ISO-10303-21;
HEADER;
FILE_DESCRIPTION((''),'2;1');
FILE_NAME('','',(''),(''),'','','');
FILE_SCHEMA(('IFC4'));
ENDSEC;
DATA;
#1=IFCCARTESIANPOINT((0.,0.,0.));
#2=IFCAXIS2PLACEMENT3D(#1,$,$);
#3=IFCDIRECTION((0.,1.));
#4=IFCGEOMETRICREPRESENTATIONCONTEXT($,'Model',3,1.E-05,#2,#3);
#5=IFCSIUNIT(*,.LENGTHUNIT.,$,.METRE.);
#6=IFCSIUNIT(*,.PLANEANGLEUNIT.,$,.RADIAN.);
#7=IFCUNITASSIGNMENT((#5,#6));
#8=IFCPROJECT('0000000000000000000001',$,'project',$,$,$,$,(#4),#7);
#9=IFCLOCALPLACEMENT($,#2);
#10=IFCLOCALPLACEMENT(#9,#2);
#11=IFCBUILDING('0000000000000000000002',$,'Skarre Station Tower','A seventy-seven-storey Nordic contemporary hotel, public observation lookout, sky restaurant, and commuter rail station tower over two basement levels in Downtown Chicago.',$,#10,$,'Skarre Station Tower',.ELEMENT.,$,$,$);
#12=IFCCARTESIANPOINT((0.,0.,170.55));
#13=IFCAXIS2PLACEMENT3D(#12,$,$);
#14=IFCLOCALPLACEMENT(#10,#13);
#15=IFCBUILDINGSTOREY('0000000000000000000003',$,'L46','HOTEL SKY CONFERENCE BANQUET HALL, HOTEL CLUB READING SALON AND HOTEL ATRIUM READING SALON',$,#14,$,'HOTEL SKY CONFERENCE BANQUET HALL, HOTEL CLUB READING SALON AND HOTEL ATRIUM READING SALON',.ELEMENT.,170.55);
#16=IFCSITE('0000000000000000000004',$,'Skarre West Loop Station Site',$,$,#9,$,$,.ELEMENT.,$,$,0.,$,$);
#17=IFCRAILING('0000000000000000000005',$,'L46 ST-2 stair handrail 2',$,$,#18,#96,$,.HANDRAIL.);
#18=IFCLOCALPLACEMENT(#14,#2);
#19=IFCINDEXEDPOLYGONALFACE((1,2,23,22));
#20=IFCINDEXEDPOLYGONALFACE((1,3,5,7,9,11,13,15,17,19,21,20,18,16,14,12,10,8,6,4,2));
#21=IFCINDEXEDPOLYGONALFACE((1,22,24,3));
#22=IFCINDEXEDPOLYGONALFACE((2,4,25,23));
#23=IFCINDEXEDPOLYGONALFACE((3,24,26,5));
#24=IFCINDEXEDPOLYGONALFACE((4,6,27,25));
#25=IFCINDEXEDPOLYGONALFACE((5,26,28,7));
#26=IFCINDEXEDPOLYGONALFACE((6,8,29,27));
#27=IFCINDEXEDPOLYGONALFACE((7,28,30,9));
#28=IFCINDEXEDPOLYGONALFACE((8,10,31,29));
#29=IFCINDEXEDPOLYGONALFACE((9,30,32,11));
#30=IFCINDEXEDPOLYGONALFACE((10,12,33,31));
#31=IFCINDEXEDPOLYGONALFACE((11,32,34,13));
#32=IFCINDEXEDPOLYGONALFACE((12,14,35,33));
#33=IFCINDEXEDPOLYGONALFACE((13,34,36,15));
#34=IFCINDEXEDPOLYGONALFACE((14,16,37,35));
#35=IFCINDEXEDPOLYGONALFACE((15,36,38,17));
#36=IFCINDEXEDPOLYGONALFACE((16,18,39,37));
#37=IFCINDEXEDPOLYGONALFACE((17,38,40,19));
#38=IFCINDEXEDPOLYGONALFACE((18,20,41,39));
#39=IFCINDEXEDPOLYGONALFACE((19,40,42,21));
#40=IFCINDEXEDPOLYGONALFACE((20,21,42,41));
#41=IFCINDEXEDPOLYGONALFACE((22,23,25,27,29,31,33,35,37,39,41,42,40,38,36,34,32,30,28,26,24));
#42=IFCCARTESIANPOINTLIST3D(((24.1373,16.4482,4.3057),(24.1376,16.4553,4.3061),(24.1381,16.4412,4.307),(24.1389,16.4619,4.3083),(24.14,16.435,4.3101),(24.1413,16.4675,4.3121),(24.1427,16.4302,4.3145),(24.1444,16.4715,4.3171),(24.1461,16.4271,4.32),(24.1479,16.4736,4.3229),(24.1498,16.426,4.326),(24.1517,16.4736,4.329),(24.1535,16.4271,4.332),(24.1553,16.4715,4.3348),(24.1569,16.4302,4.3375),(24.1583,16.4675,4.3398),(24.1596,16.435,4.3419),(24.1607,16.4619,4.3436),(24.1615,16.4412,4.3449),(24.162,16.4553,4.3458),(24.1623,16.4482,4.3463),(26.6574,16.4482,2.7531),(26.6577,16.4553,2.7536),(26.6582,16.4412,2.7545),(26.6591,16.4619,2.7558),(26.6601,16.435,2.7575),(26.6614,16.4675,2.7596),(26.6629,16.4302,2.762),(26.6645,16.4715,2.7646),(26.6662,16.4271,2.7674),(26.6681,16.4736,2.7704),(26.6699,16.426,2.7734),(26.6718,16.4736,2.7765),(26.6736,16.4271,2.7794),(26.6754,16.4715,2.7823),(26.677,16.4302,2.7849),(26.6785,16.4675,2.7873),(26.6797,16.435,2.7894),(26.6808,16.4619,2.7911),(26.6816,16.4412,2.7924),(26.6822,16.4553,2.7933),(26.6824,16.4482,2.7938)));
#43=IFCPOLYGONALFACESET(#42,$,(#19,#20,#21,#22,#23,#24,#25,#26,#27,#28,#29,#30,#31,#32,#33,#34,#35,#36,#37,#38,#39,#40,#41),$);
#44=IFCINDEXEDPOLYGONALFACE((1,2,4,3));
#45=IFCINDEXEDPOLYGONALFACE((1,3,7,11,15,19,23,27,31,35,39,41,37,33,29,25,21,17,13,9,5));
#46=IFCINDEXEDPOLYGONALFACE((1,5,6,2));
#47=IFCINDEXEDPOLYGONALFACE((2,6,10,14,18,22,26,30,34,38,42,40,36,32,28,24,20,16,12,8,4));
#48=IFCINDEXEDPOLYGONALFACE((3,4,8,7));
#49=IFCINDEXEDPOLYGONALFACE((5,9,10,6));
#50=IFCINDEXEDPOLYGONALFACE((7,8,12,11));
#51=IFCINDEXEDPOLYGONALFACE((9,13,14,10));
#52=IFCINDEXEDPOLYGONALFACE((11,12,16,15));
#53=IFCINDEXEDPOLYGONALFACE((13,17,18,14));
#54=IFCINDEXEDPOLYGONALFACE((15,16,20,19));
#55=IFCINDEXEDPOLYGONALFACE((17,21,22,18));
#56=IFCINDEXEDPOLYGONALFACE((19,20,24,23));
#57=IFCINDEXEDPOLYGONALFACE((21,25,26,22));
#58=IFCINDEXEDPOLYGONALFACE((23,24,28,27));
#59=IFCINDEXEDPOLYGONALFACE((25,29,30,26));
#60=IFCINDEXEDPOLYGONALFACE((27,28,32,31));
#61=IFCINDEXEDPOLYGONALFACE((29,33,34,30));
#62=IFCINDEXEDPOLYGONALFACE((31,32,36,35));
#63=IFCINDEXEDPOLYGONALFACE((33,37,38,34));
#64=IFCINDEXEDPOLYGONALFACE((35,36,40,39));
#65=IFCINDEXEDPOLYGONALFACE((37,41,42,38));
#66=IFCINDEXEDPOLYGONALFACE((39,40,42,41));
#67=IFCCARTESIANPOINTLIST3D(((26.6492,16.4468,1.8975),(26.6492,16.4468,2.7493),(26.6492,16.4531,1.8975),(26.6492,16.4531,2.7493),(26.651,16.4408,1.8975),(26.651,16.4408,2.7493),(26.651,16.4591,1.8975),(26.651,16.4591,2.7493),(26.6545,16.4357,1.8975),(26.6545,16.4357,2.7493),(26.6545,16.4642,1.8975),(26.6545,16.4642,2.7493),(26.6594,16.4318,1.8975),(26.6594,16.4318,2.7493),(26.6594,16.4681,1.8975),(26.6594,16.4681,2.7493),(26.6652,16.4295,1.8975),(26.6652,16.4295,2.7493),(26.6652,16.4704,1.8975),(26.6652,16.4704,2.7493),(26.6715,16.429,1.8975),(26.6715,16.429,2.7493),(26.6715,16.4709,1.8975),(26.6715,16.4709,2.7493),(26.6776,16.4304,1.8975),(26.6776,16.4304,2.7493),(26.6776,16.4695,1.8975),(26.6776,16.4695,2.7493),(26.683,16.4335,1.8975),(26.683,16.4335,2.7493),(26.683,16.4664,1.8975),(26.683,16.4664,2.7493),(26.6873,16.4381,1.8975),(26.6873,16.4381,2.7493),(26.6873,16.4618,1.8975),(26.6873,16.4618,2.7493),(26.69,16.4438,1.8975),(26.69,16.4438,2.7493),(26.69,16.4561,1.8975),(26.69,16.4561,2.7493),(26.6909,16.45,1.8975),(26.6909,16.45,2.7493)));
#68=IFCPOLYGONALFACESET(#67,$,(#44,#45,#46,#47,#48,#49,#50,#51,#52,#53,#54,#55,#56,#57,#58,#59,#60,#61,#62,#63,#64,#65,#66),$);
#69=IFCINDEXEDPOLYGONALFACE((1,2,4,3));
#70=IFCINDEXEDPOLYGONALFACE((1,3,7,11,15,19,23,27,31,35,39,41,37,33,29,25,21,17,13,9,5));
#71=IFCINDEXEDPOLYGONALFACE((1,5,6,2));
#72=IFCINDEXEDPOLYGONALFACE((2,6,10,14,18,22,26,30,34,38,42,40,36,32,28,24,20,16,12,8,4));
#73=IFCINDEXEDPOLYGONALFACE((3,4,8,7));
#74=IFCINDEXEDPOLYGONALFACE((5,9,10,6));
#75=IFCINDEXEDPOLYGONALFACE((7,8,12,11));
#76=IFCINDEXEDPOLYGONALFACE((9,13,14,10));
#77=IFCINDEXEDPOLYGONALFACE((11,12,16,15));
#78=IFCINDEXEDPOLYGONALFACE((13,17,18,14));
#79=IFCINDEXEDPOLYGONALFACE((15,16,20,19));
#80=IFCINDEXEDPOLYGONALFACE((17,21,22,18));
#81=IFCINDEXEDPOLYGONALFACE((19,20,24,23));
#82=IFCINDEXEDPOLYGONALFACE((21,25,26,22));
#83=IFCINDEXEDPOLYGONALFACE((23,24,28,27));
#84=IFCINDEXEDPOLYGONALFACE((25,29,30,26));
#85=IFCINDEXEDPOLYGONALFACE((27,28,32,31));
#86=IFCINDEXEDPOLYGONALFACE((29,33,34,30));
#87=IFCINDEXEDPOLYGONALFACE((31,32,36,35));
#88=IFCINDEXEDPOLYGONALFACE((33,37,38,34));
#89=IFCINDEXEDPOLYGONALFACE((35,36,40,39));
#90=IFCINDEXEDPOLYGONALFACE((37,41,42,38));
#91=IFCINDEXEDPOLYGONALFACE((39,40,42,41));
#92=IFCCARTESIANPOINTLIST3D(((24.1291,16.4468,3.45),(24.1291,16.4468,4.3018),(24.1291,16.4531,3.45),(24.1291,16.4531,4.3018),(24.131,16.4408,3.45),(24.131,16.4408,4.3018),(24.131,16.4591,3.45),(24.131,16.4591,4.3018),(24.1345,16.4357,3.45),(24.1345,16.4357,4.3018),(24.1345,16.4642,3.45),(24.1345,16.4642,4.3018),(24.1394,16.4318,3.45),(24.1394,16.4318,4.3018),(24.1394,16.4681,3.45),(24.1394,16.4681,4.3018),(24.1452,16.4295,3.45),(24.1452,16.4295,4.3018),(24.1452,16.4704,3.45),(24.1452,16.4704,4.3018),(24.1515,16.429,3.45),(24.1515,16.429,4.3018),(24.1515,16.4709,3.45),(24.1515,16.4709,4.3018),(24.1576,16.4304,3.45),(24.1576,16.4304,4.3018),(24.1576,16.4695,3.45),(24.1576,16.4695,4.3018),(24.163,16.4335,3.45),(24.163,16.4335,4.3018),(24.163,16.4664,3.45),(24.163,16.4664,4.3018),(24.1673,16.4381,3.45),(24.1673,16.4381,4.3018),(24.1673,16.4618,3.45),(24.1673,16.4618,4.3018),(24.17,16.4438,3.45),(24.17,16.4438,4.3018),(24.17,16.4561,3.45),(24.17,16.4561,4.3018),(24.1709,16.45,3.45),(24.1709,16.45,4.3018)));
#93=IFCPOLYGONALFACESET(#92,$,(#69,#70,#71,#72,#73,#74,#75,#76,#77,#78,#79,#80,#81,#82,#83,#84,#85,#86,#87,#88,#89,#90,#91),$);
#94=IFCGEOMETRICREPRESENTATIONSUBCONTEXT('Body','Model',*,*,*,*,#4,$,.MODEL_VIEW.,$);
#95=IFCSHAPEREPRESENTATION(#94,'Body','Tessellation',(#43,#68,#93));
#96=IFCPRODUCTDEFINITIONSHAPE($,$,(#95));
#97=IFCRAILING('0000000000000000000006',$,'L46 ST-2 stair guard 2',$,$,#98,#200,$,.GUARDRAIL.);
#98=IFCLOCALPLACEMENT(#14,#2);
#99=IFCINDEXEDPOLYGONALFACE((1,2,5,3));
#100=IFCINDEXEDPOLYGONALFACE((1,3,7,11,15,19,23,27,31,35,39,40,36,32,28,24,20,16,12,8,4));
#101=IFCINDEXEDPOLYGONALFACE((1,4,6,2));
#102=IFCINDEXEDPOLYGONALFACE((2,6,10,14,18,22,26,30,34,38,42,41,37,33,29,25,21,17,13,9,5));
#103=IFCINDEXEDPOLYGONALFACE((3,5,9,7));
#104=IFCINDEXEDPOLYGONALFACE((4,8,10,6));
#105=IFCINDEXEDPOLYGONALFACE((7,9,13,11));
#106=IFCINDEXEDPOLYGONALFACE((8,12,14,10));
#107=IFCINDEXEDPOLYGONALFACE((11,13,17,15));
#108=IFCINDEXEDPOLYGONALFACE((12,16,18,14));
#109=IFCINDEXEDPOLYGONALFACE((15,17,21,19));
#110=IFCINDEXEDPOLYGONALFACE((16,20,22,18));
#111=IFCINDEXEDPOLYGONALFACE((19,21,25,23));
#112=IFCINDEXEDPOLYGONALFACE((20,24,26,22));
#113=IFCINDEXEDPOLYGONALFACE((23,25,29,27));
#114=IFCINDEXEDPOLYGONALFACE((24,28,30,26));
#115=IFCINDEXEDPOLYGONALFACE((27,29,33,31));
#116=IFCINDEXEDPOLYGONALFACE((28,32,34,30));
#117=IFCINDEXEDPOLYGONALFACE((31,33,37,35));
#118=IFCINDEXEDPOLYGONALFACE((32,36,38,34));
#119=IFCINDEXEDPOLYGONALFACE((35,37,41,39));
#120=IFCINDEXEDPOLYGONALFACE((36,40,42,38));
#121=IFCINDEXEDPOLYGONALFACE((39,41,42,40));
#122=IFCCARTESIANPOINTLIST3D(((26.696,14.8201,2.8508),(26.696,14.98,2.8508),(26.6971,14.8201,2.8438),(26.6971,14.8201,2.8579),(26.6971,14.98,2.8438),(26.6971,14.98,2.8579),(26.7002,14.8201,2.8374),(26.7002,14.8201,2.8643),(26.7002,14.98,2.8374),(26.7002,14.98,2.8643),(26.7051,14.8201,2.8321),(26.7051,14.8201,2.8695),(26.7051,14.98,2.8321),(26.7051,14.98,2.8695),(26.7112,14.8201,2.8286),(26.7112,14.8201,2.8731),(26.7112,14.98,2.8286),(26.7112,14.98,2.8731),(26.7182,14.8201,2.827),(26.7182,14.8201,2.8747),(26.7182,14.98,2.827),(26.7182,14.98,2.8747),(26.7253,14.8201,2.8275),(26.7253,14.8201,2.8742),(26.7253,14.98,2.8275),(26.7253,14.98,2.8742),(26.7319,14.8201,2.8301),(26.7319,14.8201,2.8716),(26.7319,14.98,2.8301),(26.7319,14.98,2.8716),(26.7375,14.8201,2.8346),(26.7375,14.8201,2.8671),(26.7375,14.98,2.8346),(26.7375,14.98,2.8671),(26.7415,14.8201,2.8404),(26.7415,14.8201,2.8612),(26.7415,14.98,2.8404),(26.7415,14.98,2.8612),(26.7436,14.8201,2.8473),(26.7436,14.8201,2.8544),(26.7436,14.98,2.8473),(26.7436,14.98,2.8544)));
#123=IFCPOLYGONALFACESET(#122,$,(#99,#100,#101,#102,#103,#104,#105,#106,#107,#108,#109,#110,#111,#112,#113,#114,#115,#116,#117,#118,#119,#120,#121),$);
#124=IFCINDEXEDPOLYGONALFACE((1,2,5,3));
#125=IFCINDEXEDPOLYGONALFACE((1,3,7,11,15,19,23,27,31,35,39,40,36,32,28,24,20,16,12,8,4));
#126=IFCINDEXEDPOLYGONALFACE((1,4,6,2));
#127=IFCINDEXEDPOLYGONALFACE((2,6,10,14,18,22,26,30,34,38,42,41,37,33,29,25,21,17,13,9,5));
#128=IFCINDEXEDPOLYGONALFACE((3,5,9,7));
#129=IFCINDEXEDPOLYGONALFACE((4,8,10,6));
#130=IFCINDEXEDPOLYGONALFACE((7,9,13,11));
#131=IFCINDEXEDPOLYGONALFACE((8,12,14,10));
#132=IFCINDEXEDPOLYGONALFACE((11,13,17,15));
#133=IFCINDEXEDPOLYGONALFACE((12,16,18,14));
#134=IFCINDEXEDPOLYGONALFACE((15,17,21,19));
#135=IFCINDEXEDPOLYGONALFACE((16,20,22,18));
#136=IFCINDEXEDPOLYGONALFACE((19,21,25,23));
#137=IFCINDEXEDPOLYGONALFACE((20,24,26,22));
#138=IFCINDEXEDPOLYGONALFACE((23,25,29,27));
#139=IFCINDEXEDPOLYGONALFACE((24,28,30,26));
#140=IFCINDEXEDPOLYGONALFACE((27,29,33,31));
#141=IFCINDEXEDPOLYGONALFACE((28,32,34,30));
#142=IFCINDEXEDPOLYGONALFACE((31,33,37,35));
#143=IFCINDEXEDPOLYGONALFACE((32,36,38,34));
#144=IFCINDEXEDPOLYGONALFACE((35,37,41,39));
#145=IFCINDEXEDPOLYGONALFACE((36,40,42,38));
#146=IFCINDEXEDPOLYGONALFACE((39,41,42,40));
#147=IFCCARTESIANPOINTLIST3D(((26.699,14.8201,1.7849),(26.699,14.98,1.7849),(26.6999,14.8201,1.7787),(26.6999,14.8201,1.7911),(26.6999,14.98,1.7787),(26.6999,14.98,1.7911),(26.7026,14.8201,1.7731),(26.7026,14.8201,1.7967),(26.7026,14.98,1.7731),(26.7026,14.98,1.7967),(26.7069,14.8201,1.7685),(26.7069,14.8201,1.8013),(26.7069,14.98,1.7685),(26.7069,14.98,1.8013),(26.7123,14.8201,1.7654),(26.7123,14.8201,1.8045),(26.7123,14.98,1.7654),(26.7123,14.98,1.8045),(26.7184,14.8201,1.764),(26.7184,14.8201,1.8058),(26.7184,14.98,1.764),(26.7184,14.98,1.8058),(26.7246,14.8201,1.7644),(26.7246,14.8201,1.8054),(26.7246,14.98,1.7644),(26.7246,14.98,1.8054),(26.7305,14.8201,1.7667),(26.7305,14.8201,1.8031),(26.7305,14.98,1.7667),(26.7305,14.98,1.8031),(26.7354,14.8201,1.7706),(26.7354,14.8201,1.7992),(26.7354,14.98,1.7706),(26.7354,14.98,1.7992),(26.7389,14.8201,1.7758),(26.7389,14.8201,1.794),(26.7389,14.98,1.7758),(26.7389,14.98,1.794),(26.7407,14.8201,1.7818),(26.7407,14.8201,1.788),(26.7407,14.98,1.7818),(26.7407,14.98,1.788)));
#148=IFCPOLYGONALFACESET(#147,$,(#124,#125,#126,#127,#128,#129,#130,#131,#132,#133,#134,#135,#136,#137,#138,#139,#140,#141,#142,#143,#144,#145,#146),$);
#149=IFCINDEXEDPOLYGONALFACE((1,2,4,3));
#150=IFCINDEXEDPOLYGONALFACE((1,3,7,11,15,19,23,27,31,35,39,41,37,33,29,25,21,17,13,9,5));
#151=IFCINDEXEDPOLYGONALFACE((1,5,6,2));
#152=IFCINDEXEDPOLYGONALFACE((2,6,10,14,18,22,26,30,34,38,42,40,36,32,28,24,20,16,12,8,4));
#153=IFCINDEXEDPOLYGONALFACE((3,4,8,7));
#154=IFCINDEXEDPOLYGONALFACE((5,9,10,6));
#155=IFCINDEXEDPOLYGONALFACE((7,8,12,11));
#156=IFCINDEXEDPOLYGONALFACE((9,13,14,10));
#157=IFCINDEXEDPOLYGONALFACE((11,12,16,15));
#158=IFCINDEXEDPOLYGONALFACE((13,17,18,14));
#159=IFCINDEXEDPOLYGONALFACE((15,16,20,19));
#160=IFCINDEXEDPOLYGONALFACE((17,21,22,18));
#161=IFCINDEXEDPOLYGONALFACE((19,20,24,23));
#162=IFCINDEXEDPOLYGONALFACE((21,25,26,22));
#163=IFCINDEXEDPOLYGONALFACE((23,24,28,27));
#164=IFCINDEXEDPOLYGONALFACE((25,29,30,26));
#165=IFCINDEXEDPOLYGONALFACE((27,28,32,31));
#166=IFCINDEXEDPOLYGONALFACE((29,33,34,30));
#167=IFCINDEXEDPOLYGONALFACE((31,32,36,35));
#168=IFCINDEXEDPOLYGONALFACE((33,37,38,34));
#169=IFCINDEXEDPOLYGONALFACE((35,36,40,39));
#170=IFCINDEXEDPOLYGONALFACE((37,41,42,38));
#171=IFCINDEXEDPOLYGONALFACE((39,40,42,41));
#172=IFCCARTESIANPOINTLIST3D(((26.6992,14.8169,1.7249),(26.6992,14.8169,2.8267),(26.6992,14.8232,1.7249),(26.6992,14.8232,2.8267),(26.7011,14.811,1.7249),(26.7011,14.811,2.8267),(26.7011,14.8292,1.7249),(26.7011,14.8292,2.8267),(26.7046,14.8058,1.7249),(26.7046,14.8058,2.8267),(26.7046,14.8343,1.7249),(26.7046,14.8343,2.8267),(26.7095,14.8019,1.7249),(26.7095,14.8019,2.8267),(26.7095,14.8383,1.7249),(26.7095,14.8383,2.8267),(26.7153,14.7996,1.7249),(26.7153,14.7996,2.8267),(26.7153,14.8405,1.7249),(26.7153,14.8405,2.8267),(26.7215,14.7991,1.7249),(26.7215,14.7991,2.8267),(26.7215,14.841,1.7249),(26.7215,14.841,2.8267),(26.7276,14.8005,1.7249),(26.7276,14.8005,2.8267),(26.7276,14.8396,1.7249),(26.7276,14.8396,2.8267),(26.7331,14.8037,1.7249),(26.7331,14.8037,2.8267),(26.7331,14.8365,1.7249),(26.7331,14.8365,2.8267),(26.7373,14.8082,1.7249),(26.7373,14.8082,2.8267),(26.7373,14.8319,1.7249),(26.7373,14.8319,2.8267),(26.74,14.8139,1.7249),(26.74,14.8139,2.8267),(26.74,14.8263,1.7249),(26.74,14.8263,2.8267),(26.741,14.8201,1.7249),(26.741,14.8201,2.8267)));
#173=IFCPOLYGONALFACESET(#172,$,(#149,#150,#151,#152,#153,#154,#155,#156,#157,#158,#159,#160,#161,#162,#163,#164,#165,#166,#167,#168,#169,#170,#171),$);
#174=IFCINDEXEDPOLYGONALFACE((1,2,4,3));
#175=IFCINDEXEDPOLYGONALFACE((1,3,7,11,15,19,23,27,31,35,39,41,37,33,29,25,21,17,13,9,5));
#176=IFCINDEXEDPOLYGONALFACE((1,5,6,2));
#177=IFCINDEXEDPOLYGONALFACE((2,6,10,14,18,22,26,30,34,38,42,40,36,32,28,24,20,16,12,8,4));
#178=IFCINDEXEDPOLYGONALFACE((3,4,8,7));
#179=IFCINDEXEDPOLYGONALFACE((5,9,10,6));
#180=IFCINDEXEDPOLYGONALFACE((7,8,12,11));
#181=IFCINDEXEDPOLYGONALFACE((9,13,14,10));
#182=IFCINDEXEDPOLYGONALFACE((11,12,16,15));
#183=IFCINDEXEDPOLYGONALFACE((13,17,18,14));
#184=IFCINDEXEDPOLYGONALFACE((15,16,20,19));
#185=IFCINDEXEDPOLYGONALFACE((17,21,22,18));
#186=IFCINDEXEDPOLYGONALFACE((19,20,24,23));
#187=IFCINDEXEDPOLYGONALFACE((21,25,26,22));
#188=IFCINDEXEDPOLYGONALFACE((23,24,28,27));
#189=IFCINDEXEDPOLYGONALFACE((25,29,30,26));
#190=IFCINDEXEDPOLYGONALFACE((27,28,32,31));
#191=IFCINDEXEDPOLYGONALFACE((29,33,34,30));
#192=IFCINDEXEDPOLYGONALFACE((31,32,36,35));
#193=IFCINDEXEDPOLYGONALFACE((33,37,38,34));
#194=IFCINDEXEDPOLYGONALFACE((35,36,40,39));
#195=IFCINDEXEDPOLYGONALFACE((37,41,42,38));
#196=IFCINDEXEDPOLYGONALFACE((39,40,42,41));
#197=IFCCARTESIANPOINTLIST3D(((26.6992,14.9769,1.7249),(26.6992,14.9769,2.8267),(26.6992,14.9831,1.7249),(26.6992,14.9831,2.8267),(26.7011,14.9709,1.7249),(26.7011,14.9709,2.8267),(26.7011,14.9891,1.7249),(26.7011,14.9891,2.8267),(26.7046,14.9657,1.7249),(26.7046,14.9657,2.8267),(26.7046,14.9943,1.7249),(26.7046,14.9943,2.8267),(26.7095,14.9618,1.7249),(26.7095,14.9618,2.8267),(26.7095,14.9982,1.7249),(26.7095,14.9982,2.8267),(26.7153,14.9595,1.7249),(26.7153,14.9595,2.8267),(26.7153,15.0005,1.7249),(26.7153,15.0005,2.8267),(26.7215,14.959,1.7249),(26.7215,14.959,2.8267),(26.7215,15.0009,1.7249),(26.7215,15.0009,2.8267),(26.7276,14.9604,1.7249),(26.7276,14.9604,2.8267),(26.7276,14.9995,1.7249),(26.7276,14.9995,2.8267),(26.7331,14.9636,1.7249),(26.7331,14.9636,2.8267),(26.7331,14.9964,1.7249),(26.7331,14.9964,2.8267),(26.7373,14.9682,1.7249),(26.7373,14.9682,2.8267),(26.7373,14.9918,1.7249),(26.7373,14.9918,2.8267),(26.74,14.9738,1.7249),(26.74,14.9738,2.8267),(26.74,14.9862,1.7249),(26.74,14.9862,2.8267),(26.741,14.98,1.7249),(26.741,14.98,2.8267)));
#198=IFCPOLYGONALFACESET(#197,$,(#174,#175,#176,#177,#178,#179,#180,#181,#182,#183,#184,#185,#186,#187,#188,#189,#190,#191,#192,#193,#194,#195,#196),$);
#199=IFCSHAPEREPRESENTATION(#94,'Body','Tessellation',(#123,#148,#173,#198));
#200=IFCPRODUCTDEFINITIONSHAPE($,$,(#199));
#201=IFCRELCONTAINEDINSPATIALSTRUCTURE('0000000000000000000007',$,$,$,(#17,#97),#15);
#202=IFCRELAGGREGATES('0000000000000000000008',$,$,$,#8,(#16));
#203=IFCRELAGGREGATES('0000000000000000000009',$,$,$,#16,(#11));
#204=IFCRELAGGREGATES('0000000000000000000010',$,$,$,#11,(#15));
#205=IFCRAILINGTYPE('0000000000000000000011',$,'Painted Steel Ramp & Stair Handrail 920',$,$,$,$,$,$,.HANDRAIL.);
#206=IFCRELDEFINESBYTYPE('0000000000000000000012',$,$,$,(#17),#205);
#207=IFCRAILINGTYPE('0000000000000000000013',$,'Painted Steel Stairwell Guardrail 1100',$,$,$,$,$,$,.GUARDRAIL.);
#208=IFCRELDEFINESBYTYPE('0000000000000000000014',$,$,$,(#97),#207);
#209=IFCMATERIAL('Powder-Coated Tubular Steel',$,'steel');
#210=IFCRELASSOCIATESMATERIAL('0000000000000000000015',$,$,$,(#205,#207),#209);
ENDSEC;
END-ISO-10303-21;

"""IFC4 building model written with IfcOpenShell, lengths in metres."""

from ifc_helpers import new_model, si_unit, direction, frame, origin, origin_2d, place, context, subcontext, project, spatial, circle, extrude, material, type_object, element, save


model = new_model("IFC4")

# Units and contexts
model_context = context("Model", 3, precision=1e-05, world=origin(), true_north=direction((0.0, 1.0)))
body_context = subcontext(model_context, "Body", "Model", "MODEL_VIEW")
ifc_project = project(units=[si_unit("LENGTHUNIT", "METRE"), si_unit("PLANEANGLEUNIT", "RADIAN")], contexts=[model_context])

# Site, building, storey
site_placement = place(None, origin())
site = spatial("IfcSite", under=ifc_project, at=site_placement, Name="Skarre West Loop Station Site", CompositionType="ELEMENT", RefElevation=0.0)
building_placement = place(site_placement, origin())
building = spatial("IfcBuilding", under=site, at=building_placement, Name="Skarre Station Tower", Description="A seventy-seven-storey Nordic contemporary hotel, public observation lookout, sky restaurant, and commuter rail station tower over two basement levels in Downtown Chicago.", LongName="Skarre Station Tower", CompositionType="ELEMENT")
storey_placement = place(building_placement, frame((0.0, 0.0, 170.55)))
storey = spatial("IfcBuildingStorey", under=building, at=storey_placement, Name="L46", Description="HOTEL SKY CONFERENCE BANQUET HALL, HOTEL CLUB READING SALON AND HOTEL ATRIUM READING SALON", LongName="HOTEL SKY CONFERENCE BANQUET HALL, HOTEL CLUB READING SALON AND HOTEL ATRIUM READING SALON", CompositionType="ELEMENT", Elevation=170.55)

# Railings
ifc_material_1 = material(Name="Powder-Coated Tubular Steel", Category="steel")
railing_type_1 = type_object("IfcRailingType", Name="Painted Steel Ramp & Stair Handrail 920", PredefinedType="HANDRAIL", material=ifc_material_1)
railing_1_placement = place(storey_placement, frame((26.6699, 16.45, 1.8975)))
element("IfcRailing", 1, at=railing_1_placement, inside=storey, type_object=railing_type_1, Name="L46 ST-2 stair handrail 2", PredefinedType="HANDRAIL", context=body_context, shape_type="SweptSolid", body=[
    extrude(circle(Radius=0.0239, at=origin_2d()), frame((0.0, 0.0, 0.876), z_axis=(-0.8514, 0.0, 0.524516), x_axis=(0.0, -1.0, 0.0)), (0.0, 0.0, 1.0), 2.96),
    extrude(circle(Radius=0.021, at=origin_2d()), origin(), (0.0, 0.0, 1.0), 0.8518),
    extrude(circle(Radius=0.021, at=origin_2d()), frame((-2.52, 0.0, 1.5525)), (0.0, 0.0, 1.0), 0.8518),
])
railing_type_2 = type_object("IfcRailingType", Name="Painted Steel Stairwell Guardrail 1100", PredefinedType="GUARDRAIL", material=ifc_material_1)
railing_2_placement = place(storey_placement, frame((26.72, 14.8201, 1.7249)))
element("IfcRailing", 2, at=railing_2_placement, inside=storey, type_object=railing_type_2, Name="L46 ST-2 stair guard 2", PredefinedType="GUARDRAIL", context=body_context, shape_type="SweptSolid", body=[
    extrude(circle(Radius=0.0239, at=origin_2d()), frame((0.0, 0.0, 1.126), z_axis=(0.0, 1.0, 0.0), x_axis=(-1.0, 0.0, 0.0)), (0.0, 0.0, 1.0), 0.1599),
    extrude(circle(Radius=0.021, at=origin_2d()), frame((0.0, 0.0, 0.0601), z_axis=(0.0, 1.0, 0.0), x_axis=(-1.0, 0.0, 0.0)), (0.0, 0.0, 1.0), 0.1599),
    extrude(circle(Radius=0.021, at=origin_2d()), origin(), (0.0, 0.0, 1.0), 1.1018),
    extrude(circle(Radius=0.021, at=origin_2d()), frame((0.0, 0.1599, 0.0)), (0.0, 0.0, 1.0), 1.1018),
])

save(model, "model.ifc")
